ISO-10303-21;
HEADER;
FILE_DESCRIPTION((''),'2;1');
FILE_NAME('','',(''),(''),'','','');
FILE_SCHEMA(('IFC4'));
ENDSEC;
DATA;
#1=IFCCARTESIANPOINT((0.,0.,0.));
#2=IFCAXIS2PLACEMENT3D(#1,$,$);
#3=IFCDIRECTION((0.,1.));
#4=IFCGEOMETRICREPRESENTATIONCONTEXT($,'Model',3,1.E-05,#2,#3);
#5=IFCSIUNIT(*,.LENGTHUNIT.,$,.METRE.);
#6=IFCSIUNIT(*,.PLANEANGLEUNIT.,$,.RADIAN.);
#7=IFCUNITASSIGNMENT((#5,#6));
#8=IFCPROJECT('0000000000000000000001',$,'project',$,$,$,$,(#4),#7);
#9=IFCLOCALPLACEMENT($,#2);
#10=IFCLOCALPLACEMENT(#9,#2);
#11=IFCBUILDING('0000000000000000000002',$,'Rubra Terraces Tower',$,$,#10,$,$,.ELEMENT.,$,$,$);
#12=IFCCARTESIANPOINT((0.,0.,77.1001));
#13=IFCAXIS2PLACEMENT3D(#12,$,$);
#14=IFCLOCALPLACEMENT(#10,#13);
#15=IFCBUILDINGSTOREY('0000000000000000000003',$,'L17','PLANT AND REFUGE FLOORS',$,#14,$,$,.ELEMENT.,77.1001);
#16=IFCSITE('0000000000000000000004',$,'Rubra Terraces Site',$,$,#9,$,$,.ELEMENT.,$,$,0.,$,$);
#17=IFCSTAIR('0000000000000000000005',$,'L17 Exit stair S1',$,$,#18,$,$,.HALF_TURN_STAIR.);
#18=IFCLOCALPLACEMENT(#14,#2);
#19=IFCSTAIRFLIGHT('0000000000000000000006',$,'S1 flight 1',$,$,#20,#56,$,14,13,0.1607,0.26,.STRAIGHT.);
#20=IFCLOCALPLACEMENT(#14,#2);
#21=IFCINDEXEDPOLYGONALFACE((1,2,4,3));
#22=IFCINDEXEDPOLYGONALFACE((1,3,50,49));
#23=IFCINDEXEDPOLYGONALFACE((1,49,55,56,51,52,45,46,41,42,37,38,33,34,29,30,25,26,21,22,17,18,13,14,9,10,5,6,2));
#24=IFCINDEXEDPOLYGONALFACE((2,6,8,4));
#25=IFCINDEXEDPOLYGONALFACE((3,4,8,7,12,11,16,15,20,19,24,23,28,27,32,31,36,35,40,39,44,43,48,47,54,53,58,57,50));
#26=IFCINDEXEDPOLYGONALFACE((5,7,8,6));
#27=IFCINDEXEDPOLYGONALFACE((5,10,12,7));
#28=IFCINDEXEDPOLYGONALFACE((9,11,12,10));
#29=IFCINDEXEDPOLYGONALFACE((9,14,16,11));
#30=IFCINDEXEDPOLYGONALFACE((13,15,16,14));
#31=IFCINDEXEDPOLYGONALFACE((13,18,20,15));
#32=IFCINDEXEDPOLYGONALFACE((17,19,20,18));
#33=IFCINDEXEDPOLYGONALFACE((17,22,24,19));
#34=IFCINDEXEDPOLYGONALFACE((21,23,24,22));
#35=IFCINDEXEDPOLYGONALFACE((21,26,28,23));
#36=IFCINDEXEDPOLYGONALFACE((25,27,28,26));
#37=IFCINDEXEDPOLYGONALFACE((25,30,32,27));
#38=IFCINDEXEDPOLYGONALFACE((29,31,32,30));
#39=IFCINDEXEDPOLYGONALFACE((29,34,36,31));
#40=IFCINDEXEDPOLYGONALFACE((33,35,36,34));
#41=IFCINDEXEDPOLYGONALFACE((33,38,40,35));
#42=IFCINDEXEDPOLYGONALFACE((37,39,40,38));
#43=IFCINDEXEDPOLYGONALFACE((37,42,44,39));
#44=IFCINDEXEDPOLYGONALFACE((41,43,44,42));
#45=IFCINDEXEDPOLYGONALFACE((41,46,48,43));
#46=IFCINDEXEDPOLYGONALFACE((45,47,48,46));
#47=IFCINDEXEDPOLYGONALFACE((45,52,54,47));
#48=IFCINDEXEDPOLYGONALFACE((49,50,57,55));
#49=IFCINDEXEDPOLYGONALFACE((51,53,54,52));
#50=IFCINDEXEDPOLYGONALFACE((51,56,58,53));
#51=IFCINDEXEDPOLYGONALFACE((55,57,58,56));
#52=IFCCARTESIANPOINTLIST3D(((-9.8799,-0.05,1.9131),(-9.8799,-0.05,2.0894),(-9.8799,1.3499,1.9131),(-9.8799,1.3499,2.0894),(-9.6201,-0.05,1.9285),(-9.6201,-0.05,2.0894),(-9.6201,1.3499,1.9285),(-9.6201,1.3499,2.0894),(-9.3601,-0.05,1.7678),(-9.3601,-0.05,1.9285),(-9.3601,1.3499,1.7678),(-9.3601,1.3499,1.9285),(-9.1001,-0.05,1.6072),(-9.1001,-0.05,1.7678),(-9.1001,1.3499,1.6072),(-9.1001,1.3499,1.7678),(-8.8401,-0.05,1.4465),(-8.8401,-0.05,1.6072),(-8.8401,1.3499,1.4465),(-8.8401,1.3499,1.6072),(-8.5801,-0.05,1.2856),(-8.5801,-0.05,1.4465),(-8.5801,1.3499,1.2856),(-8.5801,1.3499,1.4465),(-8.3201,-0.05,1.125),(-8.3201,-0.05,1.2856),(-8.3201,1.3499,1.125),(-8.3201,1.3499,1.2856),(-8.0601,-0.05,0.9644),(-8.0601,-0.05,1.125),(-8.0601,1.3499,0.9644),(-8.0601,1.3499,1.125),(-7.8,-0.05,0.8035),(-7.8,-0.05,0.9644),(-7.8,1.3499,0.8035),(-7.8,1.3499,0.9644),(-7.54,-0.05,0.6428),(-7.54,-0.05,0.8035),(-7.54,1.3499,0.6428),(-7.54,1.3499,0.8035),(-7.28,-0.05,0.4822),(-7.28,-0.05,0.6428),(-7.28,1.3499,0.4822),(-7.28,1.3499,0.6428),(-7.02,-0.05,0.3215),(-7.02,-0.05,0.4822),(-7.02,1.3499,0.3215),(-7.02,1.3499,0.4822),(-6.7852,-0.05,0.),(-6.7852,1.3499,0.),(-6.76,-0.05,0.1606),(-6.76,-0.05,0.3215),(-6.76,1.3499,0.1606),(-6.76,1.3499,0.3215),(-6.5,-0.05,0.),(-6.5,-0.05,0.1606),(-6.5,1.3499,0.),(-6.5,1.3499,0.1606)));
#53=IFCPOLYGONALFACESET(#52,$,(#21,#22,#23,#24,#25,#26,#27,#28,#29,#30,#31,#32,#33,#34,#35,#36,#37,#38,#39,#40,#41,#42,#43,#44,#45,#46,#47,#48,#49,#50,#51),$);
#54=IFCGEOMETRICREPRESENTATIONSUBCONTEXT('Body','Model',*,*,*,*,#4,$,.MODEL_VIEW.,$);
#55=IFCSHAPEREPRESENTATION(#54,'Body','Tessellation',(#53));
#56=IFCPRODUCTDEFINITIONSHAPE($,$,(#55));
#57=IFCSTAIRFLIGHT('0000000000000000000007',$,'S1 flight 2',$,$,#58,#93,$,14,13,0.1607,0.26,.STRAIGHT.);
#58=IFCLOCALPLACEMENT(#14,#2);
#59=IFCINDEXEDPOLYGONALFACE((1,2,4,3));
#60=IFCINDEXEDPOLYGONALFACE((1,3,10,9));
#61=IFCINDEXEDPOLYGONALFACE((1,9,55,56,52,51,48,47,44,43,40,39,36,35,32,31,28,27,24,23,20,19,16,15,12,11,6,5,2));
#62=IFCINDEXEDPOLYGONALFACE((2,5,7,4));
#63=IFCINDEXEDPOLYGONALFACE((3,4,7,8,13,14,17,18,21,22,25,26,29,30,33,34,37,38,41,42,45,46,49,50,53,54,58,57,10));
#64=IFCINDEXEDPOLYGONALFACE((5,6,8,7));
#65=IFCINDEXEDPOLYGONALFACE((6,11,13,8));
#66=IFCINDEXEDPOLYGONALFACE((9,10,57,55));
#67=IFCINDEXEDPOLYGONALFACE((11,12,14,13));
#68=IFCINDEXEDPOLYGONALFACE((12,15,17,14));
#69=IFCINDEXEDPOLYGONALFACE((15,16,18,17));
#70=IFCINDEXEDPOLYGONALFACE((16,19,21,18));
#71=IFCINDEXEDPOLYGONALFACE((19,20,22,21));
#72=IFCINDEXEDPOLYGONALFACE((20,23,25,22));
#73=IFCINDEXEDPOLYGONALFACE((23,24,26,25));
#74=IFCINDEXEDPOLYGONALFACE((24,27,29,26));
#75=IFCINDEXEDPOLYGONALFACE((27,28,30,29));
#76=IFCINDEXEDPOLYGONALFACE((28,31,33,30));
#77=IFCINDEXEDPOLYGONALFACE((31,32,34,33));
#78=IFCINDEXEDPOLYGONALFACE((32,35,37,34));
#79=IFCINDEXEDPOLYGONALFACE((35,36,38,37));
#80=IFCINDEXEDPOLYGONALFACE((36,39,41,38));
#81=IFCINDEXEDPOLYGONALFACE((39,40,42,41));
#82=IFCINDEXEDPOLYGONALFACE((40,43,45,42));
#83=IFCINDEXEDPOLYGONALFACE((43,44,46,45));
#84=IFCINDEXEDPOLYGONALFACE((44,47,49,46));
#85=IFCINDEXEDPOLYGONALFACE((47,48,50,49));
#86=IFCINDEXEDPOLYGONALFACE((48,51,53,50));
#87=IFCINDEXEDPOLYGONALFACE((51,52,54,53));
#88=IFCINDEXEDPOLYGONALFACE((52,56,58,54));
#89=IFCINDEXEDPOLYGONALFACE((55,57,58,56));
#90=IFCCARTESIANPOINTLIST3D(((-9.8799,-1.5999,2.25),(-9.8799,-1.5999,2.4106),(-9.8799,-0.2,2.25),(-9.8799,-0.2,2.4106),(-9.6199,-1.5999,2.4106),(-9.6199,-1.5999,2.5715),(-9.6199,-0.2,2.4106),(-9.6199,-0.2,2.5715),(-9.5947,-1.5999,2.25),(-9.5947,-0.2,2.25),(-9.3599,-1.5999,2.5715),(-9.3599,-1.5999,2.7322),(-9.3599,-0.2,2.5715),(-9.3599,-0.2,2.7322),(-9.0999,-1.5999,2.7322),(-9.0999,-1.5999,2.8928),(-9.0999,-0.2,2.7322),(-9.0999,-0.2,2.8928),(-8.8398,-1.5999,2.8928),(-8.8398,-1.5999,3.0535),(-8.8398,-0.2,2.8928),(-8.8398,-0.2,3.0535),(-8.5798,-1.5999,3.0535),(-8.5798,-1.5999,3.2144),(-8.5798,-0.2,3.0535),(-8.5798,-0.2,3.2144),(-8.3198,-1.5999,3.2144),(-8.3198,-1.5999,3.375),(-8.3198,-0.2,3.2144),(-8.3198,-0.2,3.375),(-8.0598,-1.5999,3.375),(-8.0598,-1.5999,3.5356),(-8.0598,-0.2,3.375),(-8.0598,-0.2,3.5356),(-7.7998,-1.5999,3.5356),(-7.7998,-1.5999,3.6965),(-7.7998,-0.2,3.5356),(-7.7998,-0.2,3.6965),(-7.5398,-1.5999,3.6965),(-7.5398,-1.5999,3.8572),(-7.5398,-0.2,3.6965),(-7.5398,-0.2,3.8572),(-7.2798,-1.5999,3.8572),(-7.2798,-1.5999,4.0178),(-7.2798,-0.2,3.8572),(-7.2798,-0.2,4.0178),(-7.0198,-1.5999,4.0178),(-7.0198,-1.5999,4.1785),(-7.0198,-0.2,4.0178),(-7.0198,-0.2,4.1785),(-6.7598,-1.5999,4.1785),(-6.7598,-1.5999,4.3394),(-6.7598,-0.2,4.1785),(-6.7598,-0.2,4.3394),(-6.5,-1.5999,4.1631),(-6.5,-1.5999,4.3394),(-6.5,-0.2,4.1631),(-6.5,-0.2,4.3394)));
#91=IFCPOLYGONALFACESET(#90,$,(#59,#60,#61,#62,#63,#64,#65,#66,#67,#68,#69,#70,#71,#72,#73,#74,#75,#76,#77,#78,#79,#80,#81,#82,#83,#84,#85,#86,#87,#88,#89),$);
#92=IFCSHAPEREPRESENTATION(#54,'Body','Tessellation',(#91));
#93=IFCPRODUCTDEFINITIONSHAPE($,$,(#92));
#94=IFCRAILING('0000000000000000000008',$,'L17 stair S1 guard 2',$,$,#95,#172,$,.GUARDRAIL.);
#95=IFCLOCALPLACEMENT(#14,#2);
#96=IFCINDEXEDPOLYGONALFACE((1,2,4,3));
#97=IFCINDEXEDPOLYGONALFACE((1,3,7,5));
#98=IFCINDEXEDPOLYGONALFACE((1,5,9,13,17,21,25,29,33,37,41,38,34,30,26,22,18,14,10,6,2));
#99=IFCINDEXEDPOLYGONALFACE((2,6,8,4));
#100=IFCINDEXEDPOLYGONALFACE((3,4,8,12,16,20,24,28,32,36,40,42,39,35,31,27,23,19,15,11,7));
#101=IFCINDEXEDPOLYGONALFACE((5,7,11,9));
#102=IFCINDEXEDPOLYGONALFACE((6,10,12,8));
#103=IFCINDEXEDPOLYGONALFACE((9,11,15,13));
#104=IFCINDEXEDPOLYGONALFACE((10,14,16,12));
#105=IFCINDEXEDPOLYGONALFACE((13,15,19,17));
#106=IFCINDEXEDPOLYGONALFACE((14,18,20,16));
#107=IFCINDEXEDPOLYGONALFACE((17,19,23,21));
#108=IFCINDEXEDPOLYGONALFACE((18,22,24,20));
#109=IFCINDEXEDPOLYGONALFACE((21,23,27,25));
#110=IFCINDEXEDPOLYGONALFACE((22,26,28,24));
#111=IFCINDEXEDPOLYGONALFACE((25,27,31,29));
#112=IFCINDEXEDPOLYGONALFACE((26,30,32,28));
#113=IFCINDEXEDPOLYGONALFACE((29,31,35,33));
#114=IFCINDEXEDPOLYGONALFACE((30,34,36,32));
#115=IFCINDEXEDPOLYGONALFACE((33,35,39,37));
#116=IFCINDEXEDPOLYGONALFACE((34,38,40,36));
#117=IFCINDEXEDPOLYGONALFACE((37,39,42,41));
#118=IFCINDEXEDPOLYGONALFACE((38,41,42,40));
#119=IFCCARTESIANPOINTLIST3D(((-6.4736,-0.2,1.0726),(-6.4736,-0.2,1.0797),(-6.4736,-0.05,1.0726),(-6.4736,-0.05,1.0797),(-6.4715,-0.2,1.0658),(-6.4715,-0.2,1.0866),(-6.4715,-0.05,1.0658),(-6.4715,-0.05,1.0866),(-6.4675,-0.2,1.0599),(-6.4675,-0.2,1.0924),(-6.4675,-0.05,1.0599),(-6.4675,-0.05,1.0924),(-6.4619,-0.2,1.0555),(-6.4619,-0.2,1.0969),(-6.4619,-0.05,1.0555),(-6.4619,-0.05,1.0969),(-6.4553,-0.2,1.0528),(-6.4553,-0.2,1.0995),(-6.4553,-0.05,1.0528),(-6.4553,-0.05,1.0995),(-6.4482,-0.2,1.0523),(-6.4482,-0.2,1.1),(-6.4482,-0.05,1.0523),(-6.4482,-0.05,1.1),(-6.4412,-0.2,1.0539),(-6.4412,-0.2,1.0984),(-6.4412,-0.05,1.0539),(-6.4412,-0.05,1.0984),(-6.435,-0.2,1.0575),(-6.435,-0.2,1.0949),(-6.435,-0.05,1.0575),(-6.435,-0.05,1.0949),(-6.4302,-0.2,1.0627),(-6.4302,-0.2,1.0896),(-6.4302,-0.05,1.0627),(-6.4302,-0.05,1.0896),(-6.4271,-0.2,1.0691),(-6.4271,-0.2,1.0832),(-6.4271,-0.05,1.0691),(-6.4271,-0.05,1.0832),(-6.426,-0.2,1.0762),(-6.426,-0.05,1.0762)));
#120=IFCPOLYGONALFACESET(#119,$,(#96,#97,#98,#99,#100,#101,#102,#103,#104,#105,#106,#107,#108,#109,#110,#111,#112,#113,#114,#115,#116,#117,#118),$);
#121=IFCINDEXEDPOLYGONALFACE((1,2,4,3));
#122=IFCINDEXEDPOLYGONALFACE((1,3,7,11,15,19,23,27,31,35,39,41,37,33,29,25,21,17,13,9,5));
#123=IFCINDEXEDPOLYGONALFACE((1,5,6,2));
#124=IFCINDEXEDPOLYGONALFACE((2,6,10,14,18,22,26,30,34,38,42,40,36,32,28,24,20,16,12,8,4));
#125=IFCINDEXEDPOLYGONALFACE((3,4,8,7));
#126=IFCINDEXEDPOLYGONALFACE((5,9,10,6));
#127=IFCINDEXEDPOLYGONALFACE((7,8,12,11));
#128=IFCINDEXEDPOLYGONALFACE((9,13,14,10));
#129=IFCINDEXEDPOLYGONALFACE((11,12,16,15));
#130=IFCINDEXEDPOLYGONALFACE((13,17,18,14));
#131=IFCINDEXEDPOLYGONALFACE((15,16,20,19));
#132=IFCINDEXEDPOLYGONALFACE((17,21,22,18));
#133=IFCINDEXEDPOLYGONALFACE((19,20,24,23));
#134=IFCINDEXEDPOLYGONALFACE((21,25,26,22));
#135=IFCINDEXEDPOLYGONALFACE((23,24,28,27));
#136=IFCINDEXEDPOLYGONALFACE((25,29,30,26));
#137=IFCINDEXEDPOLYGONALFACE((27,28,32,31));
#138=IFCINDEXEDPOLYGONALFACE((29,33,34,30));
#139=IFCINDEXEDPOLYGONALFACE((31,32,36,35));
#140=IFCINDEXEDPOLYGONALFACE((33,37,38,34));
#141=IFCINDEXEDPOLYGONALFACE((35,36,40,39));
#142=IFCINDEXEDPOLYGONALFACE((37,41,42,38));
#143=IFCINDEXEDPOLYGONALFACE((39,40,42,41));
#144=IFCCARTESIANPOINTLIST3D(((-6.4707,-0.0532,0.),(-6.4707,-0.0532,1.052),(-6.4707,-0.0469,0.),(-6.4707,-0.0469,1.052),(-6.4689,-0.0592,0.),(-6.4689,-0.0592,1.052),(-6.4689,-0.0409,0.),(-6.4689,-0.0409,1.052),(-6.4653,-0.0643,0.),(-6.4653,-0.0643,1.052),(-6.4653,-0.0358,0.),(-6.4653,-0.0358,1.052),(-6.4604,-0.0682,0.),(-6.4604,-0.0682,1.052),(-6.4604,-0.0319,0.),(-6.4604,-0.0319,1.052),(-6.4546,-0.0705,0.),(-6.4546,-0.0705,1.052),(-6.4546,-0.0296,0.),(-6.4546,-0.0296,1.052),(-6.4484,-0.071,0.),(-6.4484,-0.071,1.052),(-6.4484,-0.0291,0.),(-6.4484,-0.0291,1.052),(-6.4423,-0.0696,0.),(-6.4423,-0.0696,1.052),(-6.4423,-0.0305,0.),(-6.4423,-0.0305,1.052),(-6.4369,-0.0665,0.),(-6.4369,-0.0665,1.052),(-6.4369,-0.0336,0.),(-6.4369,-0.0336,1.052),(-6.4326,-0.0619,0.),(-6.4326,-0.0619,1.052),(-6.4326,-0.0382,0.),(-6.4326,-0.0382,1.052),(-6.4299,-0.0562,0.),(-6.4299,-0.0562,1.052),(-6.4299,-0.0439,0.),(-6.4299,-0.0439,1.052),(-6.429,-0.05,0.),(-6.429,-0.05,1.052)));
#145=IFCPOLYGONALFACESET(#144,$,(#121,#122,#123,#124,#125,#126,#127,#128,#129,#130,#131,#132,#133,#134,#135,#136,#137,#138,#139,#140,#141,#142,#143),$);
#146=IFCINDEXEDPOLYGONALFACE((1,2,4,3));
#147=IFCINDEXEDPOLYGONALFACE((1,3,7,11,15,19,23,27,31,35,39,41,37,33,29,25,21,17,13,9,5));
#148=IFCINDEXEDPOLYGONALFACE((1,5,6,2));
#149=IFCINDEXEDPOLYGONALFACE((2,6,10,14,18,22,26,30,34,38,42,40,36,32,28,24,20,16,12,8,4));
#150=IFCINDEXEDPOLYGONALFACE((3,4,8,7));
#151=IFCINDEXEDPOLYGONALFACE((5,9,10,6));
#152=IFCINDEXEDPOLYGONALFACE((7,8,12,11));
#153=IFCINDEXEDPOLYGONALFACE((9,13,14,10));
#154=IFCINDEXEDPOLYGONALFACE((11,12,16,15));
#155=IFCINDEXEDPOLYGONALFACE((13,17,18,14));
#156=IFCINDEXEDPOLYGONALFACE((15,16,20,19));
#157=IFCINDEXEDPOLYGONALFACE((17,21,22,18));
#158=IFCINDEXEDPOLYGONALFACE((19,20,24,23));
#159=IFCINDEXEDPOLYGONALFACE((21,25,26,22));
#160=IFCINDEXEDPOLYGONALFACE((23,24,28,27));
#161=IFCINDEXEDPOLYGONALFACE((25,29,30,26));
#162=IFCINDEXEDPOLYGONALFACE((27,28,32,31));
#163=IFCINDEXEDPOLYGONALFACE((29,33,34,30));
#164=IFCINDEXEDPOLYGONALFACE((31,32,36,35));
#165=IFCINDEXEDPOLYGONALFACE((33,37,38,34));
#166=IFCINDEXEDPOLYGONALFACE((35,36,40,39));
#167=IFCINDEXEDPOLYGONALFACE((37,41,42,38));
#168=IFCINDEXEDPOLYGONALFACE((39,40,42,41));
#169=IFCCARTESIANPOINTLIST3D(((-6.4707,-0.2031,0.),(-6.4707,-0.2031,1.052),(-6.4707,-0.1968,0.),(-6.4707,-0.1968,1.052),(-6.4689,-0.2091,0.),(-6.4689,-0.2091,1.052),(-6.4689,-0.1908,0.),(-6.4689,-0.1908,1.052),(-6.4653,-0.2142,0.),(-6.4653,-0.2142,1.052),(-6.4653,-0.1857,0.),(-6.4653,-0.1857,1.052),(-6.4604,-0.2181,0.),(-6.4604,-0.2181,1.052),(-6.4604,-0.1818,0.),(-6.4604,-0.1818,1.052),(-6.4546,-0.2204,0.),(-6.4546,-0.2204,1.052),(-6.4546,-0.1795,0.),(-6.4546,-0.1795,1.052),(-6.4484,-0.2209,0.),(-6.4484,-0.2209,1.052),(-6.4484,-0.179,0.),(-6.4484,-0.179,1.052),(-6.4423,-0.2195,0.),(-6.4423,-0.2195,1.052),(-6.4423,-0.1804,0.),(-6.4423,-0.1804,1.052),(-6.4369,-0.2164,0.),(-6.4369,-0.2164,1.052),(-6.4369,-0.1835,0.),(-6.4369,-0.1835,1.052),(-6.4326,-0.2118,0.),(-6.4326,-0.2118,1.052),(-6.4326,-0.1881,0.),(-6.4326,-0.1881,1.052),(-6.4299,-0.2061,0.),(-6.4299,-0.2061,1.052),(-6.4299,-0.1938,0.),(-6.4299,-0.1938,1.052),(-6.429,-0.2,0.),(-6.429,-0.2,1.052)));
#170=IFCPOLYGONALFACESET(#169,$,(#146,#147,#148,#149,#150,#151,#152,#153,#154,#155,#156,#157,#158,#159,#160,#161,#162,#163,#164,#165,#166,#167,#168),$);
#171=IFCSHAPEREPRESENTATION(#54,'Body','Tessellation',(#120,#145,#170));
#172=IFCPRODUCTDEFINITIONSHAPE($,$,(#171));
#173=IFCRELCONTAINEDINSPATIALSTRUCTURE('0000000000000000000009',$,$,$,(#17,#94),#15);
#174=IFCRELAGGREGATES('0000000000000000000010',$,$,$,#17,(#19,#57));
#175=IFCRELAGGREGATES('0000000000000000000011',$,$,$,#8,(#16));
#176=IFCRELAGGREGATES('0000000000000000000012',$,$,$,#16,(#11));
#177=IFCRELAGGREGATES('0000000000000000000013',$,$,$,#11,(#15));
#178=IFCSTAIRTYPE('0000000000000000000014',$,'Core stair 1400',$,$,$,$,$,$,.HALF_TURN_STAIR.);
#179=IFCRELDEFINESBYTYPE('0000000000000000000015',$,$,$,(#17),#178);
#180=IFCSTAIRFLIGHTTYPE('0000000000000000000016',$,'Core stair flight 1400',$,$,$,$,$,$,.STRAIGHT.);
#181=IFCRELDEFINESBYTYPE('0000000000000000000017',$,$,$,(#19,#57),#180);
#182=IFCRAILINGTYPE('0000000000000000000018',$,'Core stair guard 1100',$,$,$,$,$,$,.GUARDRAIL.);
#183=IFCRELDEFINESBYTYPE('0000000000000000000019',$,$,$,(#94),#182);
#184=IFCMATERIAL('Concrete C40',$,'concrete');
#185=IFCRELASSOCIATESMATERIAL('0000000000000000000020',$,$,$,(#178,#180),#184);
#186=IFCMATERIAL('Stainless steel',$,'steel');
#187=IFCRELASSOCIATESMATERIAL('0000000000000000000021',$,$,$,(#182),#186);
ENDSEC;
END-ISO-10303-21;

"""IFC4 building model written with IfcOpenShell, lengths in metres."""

from ifc_helpers import new_model, si_unit, direction, frame, origin, origin_2d, place, context, subcontext, project, spatial, polyline, circle, outline, extrude, material, type_object, element, aggregate, save


model = new_model("IFC4")

# Units and contexts
model_context = context("Model", 3, precision=1e-05, world=origin(), true_north=direction((0.0, 1.0)))
body_context = subcontext(model_context, "Body", "Model", "MODEL_VIEW")
ifc_project = project(units=[si_unit("LENGTHUNIT", "METRE"), si_unit("PLANEANGLEUNIT", "RADIAN")], contexts=[model_context])

# Site, building, storey
site_placement = place(None, origin())
site = spatial("IfcSite", under=ifc_project, at=site_placement, Name="Rubra Terraces Site", CompositionType="ELEMENT", RefElevation=0.0)
building_placement = place(site_placement, origin())
building = spatial("IfcBuilding", under=site, at=building_placement, Name="Rubra Terraces Tower", CompositionType="ELEMENT")
storey_placement = place(building_placement, frame((0.0, 0.0, 77.1001)))
storey = spatial("IfcBuildingStorey", under=building, at=storey_placement, Name="L17", Description="PLANT AND REFUGE FLOORS", CompositionType="ELEMENT", Elevation=77.1001)

# Shared definitions
ifc_material_1 = material(Name="Concrete C40", Category="concrete")

# Stair, stair flights
stair_type = type_object("IfcStairType", Name="Core stair 1400", PredefinedType="HALF_TURN_STAIR", material=ifc_material_1)
stair_placement = place(storey_placement, origin())
stair = element("IfcStair", 1, at=stair_placement, inside=storey, type_object=stair_type, Name="L17 Exit stair S1", PredefinedType="HALF_TURN_STAIR")
stair_flight_type = type_object("IfcStairFlightType", Name="Core stair flight 1400", PredefinedType="STRAIGHT", material=ifc_material_1)
stair_flight_1_placement = place(storey_placement, frame((-6.5, 0.6499, 0.0), z_axis=(0.0, 0.0, 1.0), x_axis=(-1.0, 0.0, 0.0)))
stair_flight_1 = element("IfcStairFlight", 2, at=stair_flight_1_placement, type_object=stair_flight_type, Name="S1 flight 1", NumberOfRisers=14, NumberOfTreads=13, PredefinedType="STRAIGHT", RiserHeight=0.1607, TreadLength=0.26, context=body_context, shape_type="SweptSolid", body=[
    extrude(outline(polyline([(0.0, 0.0), (0.0, 0.1606), (0.26, 0.1606), (0.26, 0.3215), (0.52, 0.3215), (0.52, 0.4822), (0.78, 0.4822), (0.78, 0.6428), (1.04, 0.6428), (1.04, 0.8035), (1.3, 0.8035), (1.3, 0.9644), (1.5601, 0.9644), (1.5601, 1.125), (1.8201, 1.125), (1.8201, 1.2856), (2.0801, 1.2856), (2.0801, 1.4465), (2.3401, 1.4465), (2.3401, 1.6072), (2.6001, 1.6072), (2.6001, 1.7678), (2.8601, 1.7678), (2.8601, 1.9285), (3.1201, 1.9285), (3.1201, 2.0894), (3.3799, 2.0894), (3.3799, 2.25), (3.3799, 1.9131), (0.2852, 0.0), (0.0, 0.0)])), frame((0.0, 0.7, 0.0), z_axis=(0.0, -1.0, 0.0), x_axis=(1.0, 0.0, 0.0)), (0.0, 0.0, 1.0), 1.3999),
])
stair_flight_2_placement = place(storey_placement, frame((-9.8799, -0.8999, 2.25), z_axis=(0.0, 0.0, 1.0), x_axis=(1.0, 0.0, 0.0)))
stair_flight_2 = element("IfcStairFlight", 3, at=stair_flight_2_placement, type_object=stair_flight_type, Name="S1 flight 2", NumberOfRisers=14, NumberOfTreads=13, PredefinedType="STRAIGHT", RiserHeight=0.1607, TreadLength=0.26, context=body_context, shape_type="SweptSolid", body=[
    extrude(outline(polyline([(0.0, 0.0), (0.0, 0.1606), (0.26, 0.1606), (0.26, 0.3215), (0.52, 0.3215), (0.52, 0.4822), (0.78, 0.4822), (0.78, 0.6428), (1.04, 0.6428), (1.04, 0.8035), (1.3, 0.8035), (1.3, 0.9644), (1.5601, 0.9644), (1.5601, 1.125), (1.8201, 1.125), (1.8201, 1.2856), (2.0801, 1.2856), (2.0801, 1.4465), (2.3401, 1.4465), (2.3401, 1.6072), (2.6001, 1.6072), (2.6001, 1.7678), (2.8601, 1.7678), (2.8601, 1.9285), (3.1201, 1.9285), (3.1201, 2.0894), (3.3799, 2.0894), (3.3799, 2.25), (3.3799, 1.9131), (0.2852, 0.0), (0.0, 0.0)])), frame((0.0, 0.7, 0.0), z_axis=(0.0, -1.0, 0.0), x_axis=(1.0, 0.0, 0.0)), (0.0, 0.0, 1.0), 1.3999),
])
aggregate(stair, [stair_flight_1, stair_flight_2])

# Railing
ifc_material_2 = material(Name="Stainless steel", Category="steel")
railing_type_1 = type_object("IfcRailingType", Name="Core stair guard 1100", PredefinedType="GUARDRAIL", material=ifc_material_2)
railing_1_placement = place(storey_placement, frame((-6.45, -0.05, 0.0)))
element("IfcRailing", 4, at=railing_1_placement, inside=storey, type_object=railing_type_1, Name="L17 stair S1 guard 2", PredefinedType="GUARDRAIL", context=body_context, shape_type="SweptSolid", body=[
    extrude(circle(Radius=0.0239, at=origin_2d()), frame((0.0, 0.0, 1.0762), z_axis=(0.0, -1.0, 0.0), x_axis=(1.0, 0.0, 0.0)), (0.0, 0.0, 1.0), 0.1499),
    extrude(circle(Radius=0.021, at=origin_2d()), origin(), (0.0, 0.0, 1.0), 1.052),
    extrude(circle(Radius=0.021, at=origin_2d()), frame((0.0, -0.1499, 0.0)), (0.0, 0.0, 1.0), 1.052),
])

save(model, "model.ifc")
